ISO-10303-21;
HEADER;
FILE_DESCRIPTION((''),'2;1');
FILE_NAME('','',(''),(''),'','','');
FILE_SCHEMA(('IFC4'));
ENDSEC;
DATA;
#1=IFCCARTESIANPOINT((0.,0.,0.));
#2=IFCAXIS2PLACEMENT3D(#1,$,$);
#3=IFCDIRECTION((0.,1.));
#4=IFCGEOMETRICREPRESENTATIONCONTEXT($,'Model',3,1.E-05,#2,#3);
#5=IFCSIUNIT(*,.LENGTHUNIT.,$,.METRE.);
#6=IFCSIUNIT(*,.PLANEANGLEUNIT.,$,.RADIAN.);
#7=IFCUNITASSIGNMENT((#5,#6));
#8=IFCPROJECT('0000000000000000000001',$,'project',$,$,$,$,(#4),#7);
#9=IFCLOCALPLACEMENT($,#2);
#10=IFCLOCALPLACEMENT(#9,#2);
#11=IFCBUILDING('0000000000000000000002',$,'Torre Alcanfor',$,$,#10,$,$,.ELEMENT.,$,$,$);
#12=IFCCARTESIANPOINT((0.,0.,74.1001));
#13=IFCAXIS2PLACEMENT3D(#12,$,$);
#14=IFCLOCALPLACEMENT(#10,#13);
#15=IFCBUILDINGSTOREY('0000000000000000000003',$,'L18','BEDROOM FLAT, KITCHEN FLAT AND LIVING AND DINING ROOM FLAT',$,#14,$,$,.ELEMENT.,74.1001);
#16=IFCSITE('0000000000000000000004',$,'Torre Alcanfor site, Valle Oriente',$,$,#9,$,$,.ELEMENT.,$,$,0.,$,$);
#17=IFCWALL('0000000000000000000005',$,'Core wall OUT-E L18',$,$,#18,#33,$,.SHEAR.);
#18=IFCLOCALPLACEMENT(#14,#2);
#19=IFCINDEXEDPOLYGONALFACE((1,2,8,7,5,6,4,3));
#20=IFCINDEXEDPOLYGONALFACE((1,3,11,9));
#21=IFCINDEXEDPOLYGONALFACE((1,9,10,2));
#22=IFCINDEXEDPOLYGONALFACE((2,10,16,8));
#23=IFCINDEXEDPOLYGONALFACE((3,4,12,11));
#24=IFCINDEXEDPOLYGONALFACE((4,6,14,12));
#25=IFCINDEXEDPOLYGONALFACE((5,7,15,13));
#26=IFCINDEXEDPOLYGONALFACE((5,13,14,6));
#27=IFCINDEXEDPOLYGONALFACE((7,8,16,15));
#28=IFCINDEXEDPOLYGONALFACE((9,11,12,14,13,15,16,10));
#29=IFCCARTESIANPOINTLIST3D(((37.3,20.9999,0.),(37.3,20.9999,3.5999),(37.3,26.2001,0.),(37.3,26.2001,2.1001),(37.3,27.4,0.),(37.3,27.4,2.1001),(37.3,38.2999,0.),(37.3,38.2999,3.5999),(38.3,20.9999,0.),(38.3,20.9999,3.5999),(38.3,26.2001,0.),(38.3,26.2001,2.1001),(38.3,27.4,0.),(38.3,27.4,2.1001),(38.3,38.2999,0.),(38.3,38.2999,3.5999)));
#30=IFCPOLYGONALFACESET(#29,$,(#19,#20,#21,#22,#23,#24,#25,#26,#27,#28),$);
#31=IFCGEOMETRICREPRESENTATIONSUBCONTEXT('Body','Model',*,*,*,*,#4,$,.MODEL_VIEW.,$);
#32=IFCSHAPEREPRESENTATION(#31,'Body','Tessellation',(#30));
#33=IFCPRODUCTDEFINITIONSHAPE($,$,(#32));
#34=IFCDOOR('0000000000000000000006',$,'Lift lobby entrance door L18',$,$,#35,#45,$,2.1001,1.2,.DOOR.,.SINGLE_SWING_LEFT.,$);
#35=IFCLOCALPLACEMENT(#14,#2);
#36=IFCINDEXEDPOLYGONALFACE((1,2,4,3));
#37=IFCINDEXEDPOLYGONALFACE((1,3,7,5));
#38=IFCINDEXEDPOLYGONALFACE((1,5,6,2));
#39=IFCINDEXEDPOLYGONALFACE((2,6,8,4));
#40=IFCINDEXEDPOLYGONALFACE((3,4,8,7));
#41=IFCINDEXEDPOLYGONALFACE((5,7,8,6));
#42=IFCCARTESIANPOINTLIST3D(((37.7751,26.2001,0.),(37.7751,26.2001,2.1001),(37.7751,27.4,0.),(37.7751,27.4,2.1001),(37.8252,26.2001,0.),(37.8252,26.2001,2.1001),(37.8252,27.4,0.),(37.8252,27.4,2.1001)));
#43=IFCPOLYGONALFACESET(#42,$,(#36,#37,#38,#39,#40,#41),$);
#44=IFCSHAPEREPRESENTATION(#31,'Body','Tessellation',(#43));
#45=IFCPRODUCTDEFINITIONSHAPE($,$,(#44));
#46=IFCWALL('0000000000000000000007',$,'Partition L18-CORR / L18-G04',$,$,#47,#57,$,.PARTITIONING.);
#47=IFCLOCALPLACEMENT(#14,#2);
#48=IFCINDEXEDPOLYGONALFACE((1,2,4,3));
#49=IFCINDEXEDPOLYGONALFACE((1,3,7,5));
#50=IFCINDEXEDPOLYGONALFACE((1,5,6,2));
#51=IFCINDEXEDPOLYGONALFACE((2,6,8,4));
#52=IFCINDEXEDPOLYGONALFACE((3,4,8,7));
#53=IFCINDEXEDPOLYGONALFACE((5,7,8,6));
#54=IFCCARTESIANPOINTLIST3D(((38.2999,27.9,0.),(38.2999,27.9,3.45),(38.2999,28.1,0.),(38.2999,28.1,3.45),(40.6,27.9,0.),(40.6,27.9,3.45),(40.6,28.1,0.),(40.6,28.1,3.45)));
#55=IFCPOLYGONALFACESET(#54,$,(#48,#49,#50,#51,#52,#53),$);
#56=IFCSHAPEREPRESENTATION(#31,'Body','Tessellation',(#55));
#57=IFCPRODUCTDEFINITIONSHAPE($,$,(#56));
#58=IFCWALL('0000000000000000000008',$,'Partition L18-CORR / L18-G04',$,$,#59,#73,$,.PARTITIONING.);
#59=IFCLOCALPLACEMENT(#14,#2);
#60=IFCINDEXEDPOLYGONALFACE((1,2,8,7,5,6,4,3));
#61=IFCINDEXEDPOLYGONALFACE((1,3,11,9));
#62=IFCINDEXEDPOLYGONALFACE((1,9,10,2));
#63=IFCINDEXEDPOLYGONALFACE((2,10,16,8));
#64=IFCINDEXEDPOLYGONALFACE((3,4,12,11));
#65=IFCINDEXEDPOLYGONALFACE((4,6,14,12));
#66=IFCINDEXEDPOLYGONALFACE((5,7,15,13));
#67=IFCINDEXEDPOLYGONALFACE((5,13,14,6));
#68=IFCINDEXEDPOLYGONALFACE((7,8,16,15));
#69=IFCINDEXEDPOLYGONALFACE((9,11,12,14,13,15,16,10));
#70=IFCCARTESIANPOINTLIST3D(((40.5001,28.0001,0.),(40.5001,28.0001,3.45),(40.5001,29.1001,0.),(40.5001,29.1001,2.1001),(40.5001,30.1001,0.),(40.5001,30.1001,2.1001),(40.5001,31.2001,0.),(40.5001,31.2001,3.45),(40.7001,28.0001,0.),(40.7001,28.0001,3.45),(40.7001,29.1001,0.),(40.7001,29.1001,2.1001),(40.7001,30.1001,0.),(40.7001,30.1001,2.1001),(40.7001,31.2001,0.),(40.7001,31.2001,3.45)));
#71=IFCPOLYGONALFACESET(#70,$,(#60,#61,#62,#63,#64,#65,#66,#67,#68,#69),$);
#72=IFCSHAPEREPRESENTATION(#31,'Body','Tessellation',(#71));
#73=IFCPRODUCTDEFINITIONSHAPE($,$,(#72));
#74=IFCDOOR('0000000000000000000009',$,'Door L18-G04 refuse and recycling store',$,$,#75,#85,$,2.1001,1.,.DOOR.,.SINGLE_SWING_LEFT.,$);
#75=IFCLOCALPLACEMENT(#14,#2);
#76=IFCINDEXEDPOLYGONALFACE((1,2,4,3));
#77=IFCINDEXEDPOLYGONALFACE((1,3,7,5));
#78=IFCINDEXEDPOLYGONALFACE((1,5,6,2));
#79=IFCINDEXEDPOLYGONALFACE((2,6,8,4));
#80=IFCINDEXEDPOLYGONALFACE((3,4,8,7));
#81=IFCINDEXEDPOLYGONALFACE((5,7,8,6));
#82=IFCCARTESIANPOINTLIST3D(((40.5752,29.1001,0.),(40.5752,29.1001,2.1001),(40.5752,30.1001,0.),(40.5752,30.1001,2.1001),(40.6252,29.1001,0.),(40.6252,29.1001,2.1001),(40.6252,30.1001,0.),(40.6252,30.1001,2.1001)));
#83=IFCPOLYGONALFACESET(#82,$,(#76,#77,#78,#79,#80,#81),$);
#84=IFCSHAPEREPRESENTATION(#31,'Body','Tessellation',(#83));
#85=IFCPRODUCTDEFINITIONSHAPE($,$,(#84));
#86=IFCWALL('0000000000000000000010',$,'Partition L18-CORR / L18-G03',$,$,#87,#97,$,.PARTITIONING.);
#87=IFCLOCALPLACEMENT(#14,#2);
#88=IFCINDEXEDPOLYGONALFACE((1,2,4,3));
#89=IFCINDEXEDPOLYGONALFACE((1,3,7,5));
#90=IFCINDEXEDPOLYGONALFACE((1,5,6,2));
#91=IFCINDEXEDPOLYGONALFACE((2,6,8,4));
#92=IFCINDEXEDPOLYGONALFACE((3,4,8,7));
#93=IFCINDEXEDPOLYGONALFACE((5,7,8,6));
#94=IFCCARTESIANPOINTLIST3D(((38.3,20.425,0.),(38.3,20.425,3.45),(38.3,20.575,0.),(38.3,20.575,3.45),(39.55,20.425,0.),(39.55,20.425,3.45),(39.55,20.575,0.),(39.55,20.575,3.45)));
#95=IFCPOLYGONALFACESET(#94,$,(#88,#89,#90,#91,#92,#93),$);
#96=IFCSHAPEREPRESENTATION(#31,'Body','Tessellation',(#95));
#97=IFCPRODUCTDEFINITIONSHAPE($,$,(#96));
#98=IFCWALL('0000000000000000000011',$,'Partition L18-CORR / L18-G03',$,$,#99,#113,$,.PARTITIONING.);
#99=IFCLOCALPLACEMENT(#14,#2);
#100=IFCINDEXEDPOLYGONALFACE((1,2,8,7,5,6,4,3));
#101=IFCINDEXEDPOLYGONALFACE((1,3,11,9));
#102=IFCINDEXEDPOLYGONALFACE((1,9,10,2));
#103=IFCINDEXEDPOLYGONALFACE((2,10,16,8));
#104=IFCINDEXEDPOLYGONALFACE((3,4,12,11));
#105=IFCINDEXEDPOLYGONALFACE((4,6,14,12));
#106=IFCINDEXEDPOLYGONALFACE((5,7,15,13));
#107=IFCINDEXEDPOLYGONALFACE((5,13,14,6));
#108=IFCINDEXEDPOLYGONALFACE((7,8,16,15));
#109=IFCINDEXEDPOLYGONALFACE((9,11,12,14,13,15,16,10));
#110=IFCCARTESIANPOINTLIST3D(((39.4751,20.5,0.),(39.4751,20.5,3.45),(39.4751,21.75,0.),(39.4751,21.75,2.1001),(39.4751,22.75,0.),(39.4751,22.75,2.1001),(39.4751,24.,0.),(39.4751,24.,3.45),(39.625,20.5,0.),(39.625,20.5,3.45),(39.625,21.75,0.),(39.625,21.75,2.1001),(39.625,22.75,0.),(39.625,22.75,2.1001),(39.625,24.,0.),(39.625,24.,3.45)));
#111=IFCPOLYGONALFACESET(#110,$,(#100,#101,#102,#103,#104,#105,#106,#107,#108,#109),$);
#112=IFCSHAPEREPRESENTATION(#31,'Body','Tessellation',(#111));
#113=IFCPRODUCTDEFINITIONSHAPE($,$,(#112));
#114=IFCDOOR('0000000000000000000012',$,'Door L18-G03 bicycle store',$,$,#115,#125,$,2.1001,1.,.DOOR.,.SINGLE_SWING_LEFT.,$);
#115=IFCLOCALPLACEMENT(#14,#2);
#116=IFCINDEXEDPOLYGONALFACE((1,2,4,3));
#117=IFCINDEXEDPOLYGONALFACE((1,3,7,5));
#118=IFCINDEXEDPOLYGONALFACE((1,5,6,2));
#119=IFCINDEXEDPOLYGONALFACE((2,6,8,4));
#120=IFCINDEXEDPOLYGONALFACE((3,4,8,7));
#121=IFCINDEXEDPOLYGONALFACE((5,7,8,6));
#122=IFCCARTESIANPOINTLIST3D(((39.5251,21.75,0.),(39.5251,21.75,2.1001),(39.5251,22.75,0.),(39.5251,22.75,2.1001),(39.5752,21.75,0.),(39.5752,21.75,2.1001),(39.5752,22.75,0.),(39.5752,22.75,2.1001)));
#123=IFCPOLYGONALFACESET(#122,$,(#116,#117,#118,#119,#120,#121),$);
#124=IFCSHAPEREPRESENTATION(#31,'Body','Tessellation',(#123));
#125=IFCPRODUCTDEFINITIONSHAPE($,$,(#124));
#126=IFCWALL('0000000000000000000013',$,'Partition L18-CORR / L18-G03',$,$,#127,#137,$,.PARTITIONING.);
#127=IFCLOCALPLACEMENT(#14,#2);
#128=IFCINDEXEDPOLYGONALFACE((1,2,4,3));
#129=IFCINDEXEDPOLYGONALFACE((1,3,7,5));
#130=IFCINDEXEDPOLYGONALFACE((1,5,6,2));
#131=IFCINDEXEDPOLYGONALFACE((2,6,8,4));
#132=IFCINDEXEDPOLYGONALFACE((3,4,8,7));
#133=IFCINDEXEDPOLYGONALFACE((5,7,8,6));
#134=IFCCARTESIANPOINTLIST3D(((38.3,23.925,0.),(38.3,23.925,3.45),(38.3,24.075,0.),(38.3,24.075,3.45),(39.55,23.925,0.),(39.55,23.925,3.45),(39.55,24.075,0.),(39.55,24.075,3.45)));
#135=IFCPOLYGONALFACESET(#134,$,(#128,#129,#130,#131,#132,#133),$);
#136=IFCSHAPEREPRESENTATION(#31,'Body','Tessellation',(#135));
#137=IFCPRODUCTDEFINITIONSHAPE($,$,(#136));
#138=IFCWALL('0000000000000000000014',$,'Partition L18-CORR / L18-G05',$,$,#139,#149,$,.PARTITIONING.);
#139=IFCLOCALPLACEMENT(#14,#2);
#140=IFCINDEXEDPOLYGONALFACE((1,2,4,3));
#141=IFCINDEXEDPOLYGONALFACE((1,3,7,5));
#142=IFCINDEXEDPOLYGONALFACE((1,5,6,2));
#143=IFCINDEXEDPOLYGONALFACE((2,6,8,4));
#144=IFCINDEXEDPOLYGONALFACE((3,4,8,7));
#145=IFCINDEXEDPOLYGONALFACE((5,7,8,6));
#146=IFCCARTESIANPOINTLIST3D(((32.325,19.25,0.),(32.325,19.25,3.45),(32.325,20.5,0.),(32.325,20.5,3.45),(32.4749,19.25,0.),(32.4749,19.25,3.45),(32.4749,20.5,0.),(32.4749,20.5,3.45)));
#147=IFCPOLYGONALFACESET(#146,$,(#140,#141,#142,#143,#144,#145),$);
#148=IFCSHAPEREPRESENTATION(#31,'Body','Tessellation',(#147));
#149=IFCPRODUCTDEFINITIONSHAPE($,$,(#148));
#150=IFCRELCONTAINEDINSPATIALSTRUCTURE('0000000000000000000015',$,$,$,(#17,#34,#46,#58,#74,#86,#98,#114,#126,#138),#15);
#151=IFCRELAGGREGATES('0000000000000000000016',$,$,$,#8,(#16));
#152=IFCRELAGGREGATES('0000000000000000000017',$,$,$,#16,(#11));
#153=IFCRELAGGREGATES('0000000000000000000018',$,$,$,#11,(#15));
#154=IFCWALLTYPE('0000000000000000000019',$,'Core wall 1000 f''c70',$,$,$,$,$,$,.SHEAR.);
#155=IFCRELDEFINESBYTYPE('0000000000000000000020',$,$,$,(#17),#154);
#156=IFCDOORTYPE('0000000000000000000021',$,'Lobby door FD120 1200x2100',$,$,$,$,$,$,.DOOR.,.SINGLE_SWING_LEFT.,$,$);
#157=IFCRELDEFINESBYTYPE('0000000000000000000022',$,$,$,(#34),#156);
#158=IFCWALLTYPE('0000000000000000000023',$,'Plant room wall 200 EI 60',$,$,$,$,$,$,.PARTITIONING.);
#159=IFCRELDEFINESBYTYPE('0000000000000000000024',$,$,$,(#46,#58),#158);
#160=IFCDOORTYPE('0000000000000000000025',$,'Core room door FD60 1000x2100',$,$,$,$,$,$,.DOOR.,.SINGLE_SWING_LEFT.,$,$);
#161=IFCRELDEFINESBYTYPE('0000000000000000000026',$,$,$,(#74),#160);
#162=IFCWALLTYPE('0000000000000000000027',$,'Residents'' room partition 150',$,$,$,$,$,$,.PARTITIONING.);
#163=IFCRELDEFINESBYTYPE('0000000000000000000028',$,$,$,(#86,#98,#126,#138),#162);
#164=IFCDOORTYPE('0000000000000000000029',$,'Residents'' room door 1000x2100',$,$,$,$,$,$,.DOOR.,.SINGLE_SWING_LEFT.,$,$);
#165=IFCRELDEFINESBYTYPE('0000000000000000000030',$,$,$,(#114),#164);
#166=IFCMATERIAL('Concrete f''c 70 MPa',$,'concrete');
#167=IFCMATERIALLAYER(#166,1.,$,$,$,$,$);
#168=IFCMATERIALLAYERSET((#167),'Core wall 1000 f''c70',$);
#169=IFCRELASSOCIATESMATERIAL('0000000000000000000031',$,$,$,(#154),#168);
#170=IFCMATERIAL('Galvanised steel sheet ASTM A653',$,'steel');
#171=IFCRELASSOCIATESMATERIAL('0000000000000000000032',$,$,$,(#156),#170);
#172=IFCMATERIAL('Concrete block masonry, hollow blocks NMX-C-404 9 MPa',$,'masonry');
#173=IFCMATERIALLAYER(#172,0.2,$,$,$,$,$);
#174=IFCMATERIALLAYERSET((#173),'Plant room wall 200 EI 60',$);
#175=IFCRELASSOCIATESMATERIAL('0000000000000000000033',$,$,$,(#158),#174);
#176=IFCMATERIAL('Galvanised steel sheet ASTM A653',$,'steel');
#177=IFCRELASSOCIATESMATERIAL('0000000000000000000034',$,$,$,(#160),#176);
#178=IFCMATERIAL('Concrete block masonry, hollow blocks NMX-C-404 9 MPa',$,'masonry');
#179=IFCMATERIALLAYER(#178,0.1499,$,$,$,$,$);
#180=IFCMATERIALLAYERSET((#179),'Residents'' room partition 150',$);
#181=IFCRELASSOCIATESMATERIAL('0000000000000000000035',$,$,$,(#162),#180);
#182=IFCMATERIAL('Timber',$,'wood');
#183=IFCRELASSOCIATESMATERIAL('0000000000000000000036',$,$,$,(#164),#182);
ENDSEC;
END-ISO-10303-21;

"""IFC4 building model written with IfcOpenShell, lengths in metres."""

from ifc_helpers import new_model, si_unit, direction, frame, frame_2d, origin, place, context, subcontext, project, spatial, rectangle, extrude, material, layer, layer_set, type_object, element, fill, save


model = new_model("IFC4")

# Units and contexts
model_context = context("Model", 3, precision=1e-05, world=origin(), true_north=direction((0.0, 1.0)))
body_context = subcontext(model_context, "Body", "Model", "MODEL_VIEW")
ifc_project = project(units=[si_unit("LENGTHUNIT", "METRE"), si_unit("PLANEANGLEUNIT", "RADIAN")], contexts=[model_context])

# Site, building, storey
site_placement = place(None, origin())
site = spatial("IfcSite", under=ifc_project, at=site_placement, Name="Torre Alcanfor site, Valle Oriente", CompositionType="ELEMENT", RefElevation=0.0)
building_placement = place(site_placement, origin())
building = spatial("IfcBuilding", under=site, at=building_placement, Name="Torre Alcanfor", CompositionType="ELEMENT")
storey_placement = place(building_placement, frame((0.0, 0.0, 74.1001)))
storey = spatial("IfcBuildingStorey", under=building, at=storey_placement, Name="L18", Description="BEDROOM FLAT, KITCHEN FLAT AND LIVING AND DINING ROOM FLAT", CompositionType="ELEMENT", Elevation=74.1001)

# Wall, opening, door
ifc_material_1 = material(Name="Concrete f'c 70 MPa", Category="concrete")
ifc_layer_1 = layer(ifc_material_1, 1.0)
ifc_layer_set_1 = layer_set([ifc_layer_1], Name="Core wall 1000 f'c70")
wall_type_1 = type_object("IfcWallType", Name="Core wall 1000 f'c70", PredefinedType="SHEAR", material=ifc_layer_set_1)
wall_1_placement = place(storey_placement, frame((37.8, 21.0, 0.0), z_axis=(0.0, 0.0, 1.0), x_axis=(0.0, 1.0, 0.0)))
wall_1 = element("IfcWall", 1, at=wall_1_placement, inside=storey, type_object=wall_type_1, Name="Core wall OUT-E L18", PredefinedType="SHEAR", context=body_context, shape_type="SweptSolid", body=[
    extrude(rectangle(XDim=17.3, YDim=1.0, at=frame_2d((8.6499, 0.0))), origin(), (0.0, 0.0, 1.0), 3.5999),
])
opening_1_placement = place(wall_1_placement, frame((5.2, 0.0, 0.0)))
opening_1 = element("IfcOpeningElement", 2, at=opening_1_placement, cuts=wall_1, PredefinedType="OPENING", context=body_context, shape_type="SweptSolid", body=[
    extrude(rectangle(XDim=1.2, YDim=2.1001, at=frame_2d((0.6001, 1.05))), frame((0.0, 0.51, 0.0), z_axis=(0.0, -1.0, 0.0), x_axis=(1.0, 0.0, 0.0)), (0.0, 0.0, 1.0), 1.02),
])
ifc_material_2 = material(Name="Galvanised steel sheet ASTM A653", Category="steel")
door_type_1 = type_object("IfcDoorType", Name="Lobby door FD120 1200x2100", OperationType="SINGLE_SWING_LEFT", PredefinedType="DOOR", material=ifc_material_2)
door_1_placement = place(opening_1_placement, origin())
door_1 = element("IfcDoor", 3, at=door_1_placement, inside=storey, type_object=door_type_1, Name="Lift lobby entrance door L18", OperationType="SINGLE_SWING_LEFT", OverallHeight=2.1001, OverallWidth=1.2, PredefinedType="DOOR", context=body_context, shape_type="SweptSolid", body=[
    extrude(rectangle(XDim=1.2, YDim=2.1001, at=frame_2d((0.6001, 1.05))), frame((0.0, 0.0249, 0.0), z_axis=(0.0, -1.0, 0.0), x_axis=(1.0, 0.0, 0.0)), (0.0, 0.0, 1.0), 0.05),
])
fill(opening_1, door_1)

# Wall
ifc_material_3 = material(Name="Concrete block masonry, hollow blocks NMX-C-404 9 MPa", Category="masonry")
ifc_layer_2 = layer(ifc_material_3, 0.2)
ifc_layer_set_2 = layer_set([ifc_layer_2], Name="Plant room wall 200 EI 60")
wall_type_2 = type_object("IfcWallType", Name="Plant room wall 200 EI 60", PredefinedType="PARTITIONING", material=ifc_layer_set_2)
wall_2_placement = place(storey_placement, frame((38.3, 28.0, 0.0), z_axis=(0.0, 0.0, 1.0), x_axis=(1.0, 0.0, 0.0)))
element("IfcWall", 4, at=wall_2_placement, inside=storey, type_object=wall_type_2, Name="Partition L18-CORR / L18-G04", PredefinedType="PARTITIONING", context=body_context, shape_type="SweptSolid", body=[
    extrude(rectangle(XDim=2.3, YDim=0.2, at=frame_2d((1.1499, 0.0))), origin(), (0.0, 0.0, 1.0), 3.45),
])

# Wall, opening, door
wall_3_placement = place(storey_placement, frame((40.6001, 28.0, 0.0), z_axis=(0.0, 0.0, 1.0), x_axis=(0.0, 1.0, 0.0)))
wall_3 = element("IfcWall", 5, at=wall_3_placement, inside=storey, type_object=wall_type_2, Name="Partition L18-CORR / L18-G04", PredefinedType="PARTITIONING", context=body_context, shape_type="SweptSolid", body=[
    extrude(rectangle(XDim=3.2, YDim=0.2, at=frame_2d((1.6001, 0.0))), origin(), (0.0, 0.0, 1.0), 3.45),
])
opening_2_placement = place(wall_3_placement, frame((1.1001, 0.0, 0.0)))
opening_2 = element("IfcOpeningElement", 6, at=opening_2_placement, cuts=wall_3, PredefinedType="OPENING", context=body_context, shape_type="SweptSolid", body=[
    extrude(rectangle(XDim=1.0, YDim=2.1001, at=frame_2d((0.5, 1.05))), frame((0.0, 0.1099, 0.0), z_axis=(0.0, -1.0, 0.0), x_axis=(1.0, 0.0, 0.0)), (0.0, 0.0, 1.0), 0.22),
])
ifc_material_4 = material(Name="Galvanised steel sheet ASTM A653", Category="steel")
door_type_2 = type_object("IfcDoorType", Name="Core room door FD60 1000x2100", OperationType="SINGLE_SWING_LEFT", PredefinedType="DOOR", material=ifc_material_4)
door_2_placement = place(opening_2_placement, origin())
door_2 = element("IfcDoor", 7, at=door_2_placement, inside=storey, type_object=door_type_2, Name="Door L18-G04 refuse and recycling store", OperationType="SINGLE_SWING_LEFT", OverallHeight=2.1001, OverallWidth=1.0, PredefinedType="DOOR", context=body_context, shape_type="SweptSolid", body=[
    extrude(rectangle(XDim=1.0, YDim=2.1001, at=frame_2d((0.5, 1.05))), frame((0.0, 0.0249, 0.0), z_axis=(0.0, -1.0, 0.0), x_axis=(1.0, 0.0, 0.0)), (0.0, 0.0, 1.0), 0.05),
])
fill(opening_2, door_2)

# Wall
ifc_material_5 = material(Name="Concrete block masonry, hollow blocks NMX-C-404 9 MPa", Category="masonry")
ifc_layer_3 = layer(ifc_material_5, 0.1499)
ifc_layer_set_3 = layer_set([ifc_layer_3], Name="Residents' room partition 150")
wall_type_3 = type_object("IfcWallType", Name="Residents' room partition 150", PredefinedType="PARTITIONING", material=ifc_layer_set_3)
wall_4_placement = place(storey_placement, frame((38.3, 20.5, 0.0), z_axis=(0.0, 0.0, 1.0), x_axis=(1.0, 0.0, 0.0)))
element("IfcWall", 8, at=wall_4_placement, inside=storey, type_object=wall_type_3, Name="Partition L18-CORR / L18-G03", PredefinedType="PARTITIONING", context=body_context, shape_type="SweptSolid", body=[
    extrude(rectangle(XDim=1.25, YDim=0.1499, at=frame_2d((0.625, 0.0))), origin(), (0.0, 0.0, 1.0), 3.45),
])

# Wall, opening, door
wall_5_placement = place(storey_placement, frame((39.55, 20.5, 0.0), z_axis=(0.0, 0.0, 1.0), x_axis=(0.0, 1.0, 0.0)))
wall_5 = element("IfcWall", 9, at=wall_5_placement, inside=storey, type_object=wall_type_3, Name="Partition L18-CORR / L18-G03", PredefinedType="PARTITIONING", context=body_context, shape_type="SweptSolid", body=[
    extrude(rectangle(XDim=3.5, YDim=0.1499, at=frame_2d((1.75, 0.0))), origin(), (0.0, 0.0, 1.0), 3.45),
])
opening_3_placement = place(wall_5_placement, frame((1.25, 0.0, 0.0)))
opening_3 = element("IfcOpeningElement", 10, at=opening_3_placement, cuts=wall_5, PredefinedType="OPENING", context=body_context, shape_type="SweptSolid", body=[
    extrude(rectangle(XDim=1.0, YDim=2.1001, at=frame_2d((0.5, 1.05))), frame((0.0, 0.085, 0.0), z_axis=(0.0, -1.0, 0.0), x_axis=(1.0, 0.0, 0.0)), (0.0, 0.0, 1.0), 0.1699),
])
ifc_material_6 = material(Name="Timber", Category="wood")
door_type_3 = type_object("IfcDoorType", Name="Residents' room door 1000x2100", OperationType="SINGLE_SWING_LEFT", PredefinedType="DOOR", material=ifc_material_6)
door_3_placement = place(opening_3_placement, origin())
door_3 = element("IfcDoor", 11, at=door_3_placement, inside=storey, type_object=door_type_3, Name="Door L18-G03 bicycle store", OperationType="SINGLE_SWING_LEFT", OverallHeight=2.1001, OverallWidth=1.0, PredefinedType="DOOR", context=body_context, shape_type="SweptSolid", body=[
    extrude(rectangle(XDim=1.0, YDim=2.1001, at=frame_2d((0.5, 1.05))), frame((0.0, 0.0249, 0.0), z_axis=(0.0, -1.0, 0.0), x_axis=(1.0, 0.0, 0.0)), (0.0, 0.0, 1.0), 0.05),
])
fill(opening_3, door_3)

# Walls
for number, where, z_axis, x_axis, name in (
    (12, (39.55, 24.0, 0.0), (0.0, 0.0, 1.0), (-1.0, 0.0, 0.0), "Partition L18-CORR / L18-G03"),
    (13, (32.3999, 19.25, 0.0), (0.0, 0.0, 1.0), (0.0, 1.0, 0.0), "Partition L18-CORR / L18-G05"),
):
    element("IfcWall", number, at=place(storey_placement, frame(where, z_axis=z_axis, x_axis=x_axis)), inside=storey, type_object=wall_type_3, Name=name, PredefinedType="PARTITIONING", context=body_context, shape_type="SweptSolid", body=[
        extrude(rectangle(XDim=1.25, YDim=0.1499, at=frame_2d((0.625, 0.0))), origin(), (0.0, 0.0, 1.0), 3.45),
    ])

save(model, "model.ifc")
